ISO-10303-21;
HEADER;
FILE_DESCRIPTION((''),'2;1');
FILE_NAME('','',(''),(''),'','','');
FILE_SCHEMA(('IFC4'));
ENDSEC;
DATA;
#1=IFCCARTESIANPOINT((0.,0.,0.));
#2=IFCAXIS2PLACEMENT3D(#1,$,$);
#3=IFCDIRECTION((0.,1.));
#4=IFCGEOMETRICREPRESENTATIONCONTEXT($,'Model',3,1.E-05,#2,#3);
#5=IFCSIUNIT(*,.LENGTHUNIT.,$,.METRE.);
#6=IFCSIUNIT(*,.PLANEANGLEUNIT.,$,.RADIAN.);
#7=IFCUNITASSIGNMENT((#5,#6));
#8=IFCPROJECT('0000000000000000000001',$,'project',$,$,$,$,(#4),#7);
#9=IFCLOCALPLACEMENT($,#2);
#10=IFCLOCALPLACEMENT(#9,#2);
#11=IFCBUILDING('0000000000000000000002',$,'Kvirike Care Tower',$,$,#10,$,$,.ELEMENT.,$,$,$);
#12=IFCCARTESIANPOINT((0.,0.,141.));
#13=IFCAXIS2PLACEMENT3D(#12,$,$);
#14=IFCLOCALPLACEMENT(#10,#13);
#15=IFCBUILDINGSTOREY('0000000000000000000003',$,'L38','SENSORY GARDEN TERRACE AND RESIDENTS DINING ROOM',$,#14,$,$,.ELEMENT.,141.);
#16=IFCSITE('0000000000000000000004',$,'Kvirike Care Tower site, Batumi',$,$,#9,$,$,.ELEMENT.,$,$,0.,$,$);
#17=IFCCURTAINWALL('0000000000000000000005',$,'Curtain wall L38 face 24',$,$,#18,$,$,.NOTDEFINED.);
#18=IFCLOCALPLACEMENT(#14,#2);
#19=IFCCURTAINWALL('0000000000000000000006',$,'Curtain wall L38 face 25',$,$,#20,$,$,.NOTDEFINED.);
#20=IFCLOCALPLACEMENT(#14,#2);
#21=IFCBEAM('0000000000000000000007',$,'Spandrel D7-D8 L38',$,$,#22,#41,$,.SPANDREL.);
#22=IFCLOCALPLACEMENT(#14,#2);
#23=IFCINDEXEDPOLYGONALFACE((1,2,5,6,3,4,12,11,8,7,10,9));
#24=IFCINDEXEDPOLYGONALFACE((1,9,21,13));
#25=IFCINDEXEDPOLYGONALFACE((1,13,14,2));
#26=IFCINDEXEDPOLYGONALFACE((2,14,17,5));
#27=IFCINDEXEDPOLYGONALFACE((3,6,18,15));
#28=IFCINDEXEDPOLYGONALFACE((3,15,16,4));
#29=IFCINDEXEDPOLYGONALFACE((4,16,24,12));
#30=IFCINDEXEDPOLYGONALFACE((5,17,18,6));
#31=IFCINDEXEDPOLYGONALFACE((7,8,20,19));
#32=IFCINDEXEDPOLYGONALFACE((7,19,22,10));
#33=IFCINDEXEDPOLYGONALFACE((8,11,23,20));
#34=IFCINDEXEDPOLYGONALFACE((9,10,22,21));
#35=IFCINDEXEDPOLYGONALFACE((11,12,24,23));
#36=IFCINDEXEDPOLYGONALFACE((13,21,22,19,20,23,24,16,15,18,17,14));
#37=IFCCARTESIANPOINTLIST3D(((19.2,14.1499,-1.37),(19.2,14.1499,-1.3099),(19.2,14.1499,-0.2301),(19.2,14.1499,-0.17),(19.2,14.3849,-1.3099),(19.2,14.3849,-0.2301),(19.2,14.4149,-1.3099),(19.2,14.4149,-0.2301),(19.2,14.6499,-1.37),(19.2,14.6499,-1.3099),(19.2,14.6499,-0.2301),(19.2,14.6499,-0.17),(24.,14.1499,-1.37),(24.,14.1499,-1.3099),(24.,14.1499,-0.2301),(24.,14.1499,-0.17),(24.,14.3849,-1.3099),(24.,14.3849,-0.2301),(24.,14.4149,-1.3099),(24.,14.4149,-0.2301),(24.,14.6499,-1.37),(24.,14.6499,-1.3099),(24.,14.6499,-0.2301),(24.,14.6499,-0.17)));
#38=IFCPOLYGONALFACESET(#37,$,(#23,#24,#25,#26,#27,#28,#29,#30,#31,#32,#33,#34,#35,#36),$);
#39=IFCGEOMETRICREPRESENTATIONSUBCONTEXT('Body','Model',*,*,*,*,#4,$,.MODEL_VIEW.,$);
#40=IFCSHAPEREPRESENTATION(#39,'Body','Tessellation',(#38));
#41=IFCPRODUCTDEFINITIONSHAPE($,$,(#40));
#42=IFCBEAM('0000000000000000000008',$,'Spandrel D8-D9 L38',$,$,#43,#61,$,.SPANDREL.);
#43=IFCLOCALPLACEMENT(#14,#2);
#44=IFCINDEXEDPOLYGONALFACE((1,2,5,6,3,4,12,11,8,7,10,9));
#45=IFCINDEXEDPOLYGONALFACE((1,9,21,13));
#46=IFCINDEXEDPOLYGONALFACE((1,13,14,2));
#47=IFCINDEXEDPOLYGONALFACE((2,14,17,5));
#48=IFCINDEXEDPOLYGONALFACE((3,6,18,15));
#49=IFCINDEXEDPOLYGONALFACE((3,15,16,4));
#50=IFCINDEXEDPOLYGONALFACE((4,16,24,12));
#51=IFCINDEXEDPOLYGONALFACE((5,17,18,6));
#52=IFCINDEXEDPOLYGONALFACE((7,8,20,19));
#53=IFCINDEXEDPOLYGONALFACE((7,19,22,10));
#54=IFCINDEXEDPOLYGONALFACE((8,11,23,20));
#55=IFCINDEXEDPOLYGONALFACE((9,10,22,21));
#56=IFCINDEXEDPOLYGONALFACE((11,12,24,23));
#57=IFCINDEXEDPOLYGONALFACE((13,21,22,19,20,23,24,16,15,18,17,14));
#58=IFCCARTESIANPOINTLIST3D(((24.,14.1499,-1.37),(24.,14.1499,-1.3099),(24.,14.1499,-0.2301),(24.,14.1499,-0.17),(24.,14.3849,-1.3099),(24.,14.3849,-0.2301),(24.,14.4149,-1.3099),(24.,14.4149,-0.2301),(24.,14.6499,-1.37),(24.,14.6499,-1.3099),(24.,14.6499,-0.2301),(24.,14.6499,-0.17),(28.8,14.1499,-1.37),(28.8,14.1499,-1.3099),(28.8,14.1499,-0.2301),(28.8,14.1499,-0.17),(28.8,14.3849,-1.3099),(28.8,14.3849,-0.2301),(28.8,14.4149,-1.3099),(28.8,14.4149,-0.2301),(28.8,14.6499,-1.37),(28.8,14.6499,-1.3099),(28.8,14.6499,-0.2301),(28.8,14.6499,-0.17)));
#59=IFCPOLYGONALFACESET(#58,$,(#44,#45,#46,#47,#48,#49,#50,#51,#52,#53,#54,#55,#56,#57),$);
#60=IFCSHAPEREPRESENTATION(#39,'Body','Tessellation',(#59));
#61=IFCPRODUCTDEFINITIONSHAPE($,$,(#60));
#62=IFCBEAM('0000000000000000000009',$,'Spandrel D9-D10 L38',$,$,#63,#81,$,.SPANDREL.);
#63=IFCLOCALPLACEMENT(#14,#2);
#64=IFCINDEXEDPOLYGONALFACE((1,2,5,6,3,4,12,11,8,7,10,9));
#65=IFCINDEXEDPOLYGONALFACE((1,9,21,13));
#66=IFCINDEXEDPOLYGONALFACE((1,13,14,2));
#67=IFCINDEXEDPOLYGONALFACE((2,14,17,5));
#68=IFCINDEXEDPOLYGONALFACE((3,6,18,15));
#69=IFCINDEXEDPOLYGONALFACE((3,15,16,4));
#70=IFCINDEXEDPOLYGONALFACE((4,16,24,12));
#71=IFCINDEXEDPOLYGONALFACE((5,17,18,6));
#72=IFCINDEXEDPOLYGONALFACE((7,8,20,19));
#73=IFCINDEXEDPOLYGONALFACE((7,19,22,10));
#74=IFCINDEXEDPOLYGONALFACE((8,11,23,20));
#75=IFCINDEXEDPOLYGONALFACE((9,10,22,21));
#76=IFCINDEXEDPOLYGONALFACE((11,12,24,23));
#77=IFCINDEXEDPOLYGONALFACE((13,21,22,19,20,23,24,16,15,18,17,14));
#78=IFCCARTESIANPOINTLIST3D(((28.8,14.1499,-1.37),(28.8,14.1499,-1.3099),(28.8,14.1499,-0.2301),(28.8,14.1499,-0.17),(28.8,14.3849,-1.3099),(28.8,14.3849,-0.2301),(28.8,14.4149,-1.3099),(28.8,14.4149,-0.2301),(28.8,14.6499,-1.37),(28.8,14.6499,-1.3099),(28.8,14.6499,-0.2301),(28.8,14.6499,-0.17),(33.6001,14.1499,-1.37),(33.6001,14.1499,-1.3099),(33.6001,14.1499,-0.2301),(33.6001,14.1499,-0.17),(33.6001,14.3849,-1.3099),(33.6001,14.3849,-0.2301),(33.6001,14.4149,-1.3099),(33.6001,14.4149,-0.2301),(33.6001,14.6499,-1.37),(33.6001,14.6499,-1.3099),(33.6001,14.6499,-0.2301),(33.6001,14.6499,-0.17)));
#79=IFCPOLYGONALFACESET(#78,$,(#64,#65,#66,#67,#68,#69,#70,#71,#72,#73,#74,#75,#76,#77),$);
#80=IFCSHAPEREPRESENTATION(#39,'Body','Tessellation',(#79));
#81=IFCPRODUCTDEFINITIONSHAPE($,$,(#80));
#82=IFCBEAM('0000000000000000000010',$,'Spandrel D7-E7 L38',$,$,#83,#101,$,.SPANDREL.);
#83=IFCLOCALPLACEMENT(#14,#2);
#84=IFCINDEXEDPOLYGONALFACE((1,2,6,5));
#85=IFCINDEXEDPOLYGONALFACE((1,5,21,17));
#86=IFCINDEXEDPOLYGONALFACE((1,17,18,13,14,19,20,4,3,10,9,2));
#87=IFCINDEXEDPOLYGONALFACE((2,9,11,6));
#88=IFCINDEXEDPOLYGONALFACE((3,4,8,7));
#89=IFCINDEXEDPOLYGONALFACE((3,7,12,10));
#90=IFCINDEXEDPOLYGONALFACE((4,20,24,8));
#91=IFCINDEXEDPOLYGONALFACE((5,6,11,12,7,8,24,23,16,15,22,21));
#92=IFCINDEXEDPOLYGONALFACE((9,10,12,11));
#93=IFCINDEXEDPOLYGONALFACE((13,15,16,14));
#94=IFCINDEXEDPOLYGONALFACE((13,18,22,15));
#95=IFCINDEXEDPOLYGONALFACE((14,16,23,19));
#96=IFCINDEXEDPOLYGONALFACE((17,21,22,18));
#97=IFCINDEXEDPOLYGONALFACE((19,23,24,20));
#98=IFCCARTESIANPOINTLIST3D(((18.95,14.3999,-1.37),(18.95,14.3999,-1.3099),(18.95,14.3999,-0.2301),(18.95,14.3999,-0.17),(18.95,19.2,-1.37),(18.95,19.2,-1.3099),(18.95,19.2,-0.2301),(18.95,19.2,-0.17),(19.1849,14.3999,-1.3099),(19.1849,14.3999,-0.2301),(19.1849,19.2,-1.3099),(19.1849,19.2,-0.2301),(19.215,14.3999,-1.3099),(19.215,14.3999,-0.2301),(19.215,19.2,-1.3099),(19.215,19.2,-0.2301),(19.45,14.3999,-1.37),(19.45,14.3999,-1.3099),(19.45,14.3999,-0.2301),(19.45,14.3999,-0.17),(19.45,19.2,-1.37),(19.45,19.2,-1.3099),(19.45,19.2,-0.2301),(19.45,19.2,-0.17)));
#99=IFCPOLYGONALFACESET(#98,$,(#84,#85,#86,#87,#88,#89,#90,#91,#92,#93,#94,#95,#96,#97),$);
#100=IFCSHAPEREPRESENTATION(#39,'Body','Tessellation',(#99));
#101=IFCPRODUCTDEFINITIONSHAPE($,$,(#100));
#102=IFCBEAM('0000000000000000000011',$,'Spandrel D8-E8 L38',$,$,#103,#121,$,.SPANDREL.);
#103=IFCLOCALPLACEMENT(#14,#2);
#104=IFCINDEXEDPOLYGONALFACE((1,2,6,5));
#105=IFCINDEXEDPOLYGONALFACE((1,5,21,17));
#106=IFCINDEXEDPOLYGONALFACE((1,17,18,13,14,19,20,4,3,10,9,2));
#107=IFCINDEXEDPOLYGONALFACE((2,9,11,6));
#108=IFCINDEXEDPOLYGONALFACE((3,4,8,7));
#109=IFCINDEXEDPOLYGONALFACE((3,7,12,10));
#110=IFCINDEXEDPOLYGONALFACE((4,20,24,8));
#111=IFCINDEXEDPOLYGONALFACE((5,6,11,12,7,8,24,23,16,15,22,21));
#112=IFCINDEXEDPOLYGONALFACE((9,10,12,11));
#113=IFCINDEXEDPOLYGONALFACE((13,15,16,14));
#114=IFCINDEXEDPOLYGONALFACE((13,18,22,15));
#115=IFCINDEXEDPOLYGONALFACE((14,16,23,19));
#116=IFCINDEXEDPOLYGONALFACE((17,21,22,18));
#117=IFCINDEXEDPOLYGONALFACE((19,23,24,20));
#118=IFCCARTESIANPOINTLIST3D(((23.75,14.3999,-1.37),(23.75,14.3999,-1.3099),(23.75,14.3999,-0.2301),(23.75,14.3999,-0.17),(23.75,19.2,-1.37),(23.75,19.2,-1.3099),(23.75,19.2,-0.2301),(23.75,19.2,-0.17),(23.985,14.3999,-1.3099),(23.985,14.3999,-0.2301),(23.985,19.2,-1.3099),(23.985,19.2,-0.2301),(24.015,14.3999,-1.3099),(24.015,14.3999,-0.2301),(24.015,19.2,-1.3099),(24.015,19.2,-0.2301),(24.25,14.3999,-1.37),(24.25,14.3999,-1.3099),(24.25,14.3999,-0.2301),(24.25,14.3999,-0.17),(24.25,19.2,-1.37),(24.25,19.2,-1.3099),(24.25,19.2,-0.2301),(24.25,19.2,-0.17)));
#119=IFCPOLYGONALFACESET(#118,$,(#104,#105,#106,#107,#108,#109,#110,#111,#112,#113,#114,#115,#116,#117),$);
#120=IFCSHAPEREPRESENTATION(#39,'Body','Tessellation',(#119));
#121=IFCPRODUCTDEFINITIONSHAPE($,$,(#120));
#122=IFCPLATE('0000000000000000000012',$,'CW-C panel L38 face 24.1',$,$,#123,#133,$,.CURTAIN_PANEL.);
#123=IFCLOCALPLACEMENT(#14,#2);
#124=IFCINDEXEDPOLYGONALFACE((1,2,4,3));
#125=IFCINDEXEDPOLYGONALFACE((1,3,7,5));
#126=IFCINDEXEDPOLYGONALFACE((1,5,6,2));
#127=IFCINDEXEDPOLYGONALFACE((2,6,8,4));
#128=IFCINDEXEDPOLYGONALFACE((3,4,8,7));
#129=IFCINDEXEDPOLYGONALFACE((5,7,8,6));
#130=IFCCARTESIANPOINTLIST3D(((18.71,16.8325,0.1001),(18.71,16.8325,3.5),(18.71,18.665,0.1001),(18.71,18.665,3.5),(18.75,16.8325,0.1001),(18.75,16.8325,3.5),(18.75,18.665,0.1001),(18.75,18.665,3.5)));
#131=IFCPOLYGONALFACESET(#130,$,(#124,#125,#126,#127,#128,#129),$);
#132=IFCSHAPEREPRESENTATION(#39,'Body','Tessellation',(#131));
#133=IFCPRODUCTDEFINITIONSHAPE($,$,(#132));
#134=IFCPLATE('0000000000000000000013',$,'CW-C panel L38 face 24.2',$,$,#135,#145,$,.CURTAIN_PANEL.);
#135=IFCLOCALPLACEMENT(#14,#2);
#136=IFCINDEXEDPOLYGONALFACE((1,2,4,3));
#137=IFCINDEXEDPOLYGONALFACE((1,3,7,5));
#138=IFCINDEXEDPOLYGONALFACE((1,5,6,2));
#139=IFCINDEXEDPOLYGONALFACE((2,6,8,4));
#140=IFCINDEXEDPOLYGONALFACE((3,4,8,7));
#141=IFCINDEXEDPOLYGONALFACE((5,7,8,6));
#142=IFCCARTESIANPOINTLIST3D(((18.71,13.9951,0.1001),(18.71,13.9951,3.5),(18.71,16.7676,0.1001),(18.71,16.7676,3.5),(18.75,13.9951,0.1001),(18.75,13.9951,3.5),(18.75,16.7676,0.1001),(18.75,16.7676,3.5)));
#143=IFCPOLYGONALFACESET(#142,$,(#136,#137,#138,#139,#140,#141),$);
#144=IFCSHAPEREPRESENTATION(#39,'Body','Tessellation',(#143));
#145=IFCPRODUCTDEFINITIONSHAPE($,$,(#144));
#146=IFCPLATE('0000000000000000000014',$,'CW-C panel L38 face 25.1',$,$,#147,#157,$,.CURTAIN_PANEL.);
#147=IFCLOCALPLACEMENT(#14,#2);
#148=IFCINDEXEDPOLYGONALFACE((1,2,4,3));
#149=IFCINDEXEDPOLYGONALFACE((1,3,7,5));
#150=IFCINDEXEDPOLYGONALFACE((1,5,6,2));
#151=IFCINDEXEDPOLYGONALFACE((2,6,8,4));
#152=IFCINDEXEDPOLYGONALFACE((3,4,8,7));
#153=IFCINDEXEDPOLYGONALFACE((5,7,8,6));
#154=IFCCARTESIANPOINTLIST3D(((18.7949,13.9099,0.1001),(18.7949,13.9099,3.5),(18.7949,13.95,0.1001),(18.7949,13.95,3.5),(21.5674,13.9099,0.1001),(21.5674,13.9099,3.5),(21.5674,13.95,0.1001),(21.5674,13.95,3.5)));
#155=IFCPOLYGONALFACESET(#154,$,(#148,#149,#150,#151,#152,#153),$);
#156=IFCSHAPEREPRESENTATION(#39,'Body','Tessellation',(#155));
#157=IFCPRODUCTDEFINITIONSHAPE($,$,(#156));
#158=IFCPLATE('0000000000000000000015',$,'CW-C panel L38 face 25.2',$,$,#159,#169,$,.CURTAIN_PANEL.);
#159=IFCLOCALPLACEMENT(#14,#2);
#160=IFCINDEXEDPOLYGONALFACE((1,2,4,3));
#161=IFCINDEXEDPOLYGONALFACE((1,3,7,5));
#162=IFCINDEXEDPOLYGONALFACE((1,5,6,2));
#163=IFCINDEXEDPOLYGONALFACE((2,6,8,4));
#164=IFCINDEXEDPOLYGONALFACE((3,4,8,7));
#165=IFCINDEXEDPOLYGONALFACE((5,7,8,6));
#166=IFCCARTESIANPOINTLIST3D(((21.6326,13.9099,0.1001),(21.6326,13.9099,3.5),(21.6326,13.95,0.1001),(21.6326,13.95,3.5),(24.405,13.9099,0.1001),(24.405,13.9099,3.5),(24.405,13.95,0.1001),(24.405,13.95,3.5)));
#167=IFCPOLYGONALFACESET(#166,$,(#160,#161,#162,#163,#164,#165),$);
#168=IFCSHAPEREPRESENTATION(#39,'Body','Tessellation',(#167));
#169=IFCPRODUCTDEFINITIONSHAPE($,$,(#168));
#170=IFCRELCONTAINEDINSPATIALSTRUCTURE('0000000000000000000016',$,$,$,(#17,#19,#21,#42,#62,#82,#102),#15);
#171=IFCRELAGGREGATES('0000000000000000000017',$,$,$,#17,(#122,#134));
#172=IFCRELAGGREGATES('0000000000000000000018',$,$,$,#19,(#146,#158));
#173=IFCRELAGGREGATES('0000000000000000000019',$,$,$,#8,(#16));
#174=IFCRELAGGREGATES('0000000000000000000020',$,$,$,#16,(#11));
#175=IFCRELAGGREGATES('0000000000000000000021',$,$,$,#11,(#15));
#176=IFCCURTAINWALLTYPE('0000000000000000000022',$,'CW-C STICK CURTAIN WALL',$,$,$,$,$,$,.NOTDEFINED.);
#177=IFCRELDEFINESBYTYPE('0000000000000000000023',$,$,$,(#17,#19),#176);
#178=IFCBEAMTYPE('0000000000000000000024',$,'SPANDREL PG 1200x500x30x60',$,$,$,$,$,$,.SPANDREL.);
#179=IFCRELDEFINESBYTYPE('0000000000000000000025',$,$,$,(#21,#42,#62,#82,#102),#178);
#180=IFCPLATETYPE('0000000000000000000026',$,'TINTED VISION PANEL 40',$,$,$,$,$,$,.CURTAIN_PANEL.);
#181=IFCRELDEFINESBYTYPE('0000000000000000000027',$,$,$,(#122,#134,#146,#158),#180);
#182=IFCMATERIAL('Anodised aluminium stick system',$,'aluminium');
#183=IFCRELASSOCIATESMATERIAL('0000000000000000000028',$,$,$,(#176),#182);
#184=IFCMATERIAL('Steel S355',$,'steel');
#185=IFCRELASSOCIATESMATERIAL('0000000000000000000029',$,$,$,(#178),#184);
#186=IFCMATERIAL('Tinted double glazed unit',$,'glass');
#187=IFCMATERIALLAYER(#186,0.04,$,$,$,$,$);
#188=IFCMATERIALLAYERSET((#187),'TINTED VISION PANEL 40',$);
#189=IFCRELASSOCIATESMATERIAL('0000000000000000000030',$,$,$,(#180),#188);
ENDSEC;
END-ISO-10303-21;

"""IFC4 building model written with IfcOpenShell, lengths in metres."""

from ifc_helpers import new_model, si_unit, direction, frame, origin, origin_2d, place, context, subcontext, project, spatial, rectangle, i_section, extrude, material, layer, layer_set, material_profile, profile_set, type_object, element, aggregate, save


model = new_model("IFC4")

# Units and contexts
model_context = context("Model", 3, precision=1e-05, world=origin(), true_north=direction((0.0, 1.0)))
body_context = subcontext(model_context, "Body", "Model", "MODEL_VIEW")
ifc_project = project(units=[si_unit("LENGTHUNIT", "METRE"), si_unit("PLANEANGLEUNIT", "RADIAN")], contexts=[model_context])

# Site, building, storey
site_placement = place(None, origin())
site = spatial("IfcSite", under=ifc_project, at=site_placement, Name="Kvirike Care Tower site, Batumi", CompositionType="ELEMENT", RefElevation=0.0)
building_placement = place(site_placement, origin())
building = spatial("IfcBuilding", under=site, at=building_placement, Name="Kvirike Care Tower", CompositionType="ELEMENT")
storey_placement = place(building_placement, frame((0.0, 0.0, 141.0)))
storey = spatial("IfcBuildingStorey", under=building, at=storey_placement, Name="L38", Description="SENSORY GARDEN TERRACE AND RESIDENTS DINING ROOM", CompositionType="ELEMENT", Elevation=141.0)

# Curtain walls
ifc_material_1 = material(Name="Anodised aluminium stick system", Category="aluminium")
curtain_wall_type = type_object("IfcCurtainWallType", Name="CW-C STICK CURTAIN WALL", PredefinedType="NOTDEFINED", material=ifc_material_1)
curtain_wall_1_placement = place(storey_placement, origin())
curtain_wall_1 = element("IfcCurtainWall", 1, at=curtain_wall_1_placement, inside=storey, type_object=curtain_wall_type, Name="Curtain wall L38 face 24", PredefinedType="NOTDEFINED")
curtain_wall_2_placement = place(storey_placement, origin())
curtain_wall_2 = element("IfcCurtainWall", 2, at=curtain_wall_2_placement, inside=storey, type_object=curtain_wall_type, Name="Curtain wall L38 face 25", PredefinedType="NOTDEFINED")

# Beams
ifc_material_2 = material(Name="Steel S355", Category="steel")
ifc_material_profile_1 = material_profile(ifc_material_2, i_section(OverallWidth=0.5, OverallDepth=1.2, WebThickness=0.03, FlangeThickness=0.0601, at=origin_2d()), Name="PG 1200x500x30x60")
ifc_profile_set_1 = profile_set([ifc_material_profile_1], Name="Steel S355")
beam_type = type_object("IfcBeamType", Name="SPANDREL PG 1200x500x30x60", PredefinedType="SPANDREL", material=ifc_profile_set_1)
for number, where, z_axis, x_axis, name in (
    (3, (19.2, 14.3999, -0.77), (1.0, 0.0, 0.0), (0.0, 1.0, 0.0), "Spandrel D7-D8 L38"),
    (4, (24.0, 14.3999, -0.77), (1.0, 0.0, 0.0), (0.0, 1.0, 0.0), "Spandrel D8-D9 L38"),
    (5, (28.8, 14.3999, -0.77), (1.0, 0.0, 0.0), (0.0, 1.0, 0.0), "Spandrel D9-D10 L38"),
    (6, (19.2, 14.3999, -0.77), (0.0, 1.0, 0.0), (-1.0, 0.0, 0.0), "Spandrel D7-E7 L38"),
    (7, (24.0, 14.3999, -0.77), (0.0, 1.0, 0.0), (-1.0, 0.0, 0.0), "Spandrel D8-E8 L38"),
):
    element("IfcBeam", number, at=place(storey_placement, frame(where, z_axis=z_axis, x_axis=x_axis)), inside=storey, type_object=beam_type, Name=name, PredefinedType="SPANDREL", context=body_context, shape_type="SweptSolid", body=[
        extrude(i_section(OverallWidth=0.5, OverallDepth=1.2, WebThickness=0.03, FlangeThickness=0.0601, at=origin_2d()), origin(), (0.0, 0.0, 1.0), 4.8),
    ])

# Plates
ifc_material_3 = material(Name="Tinted double glazed unit", Category="glass")
ifc_layer_1 = layer(ifc_material_3, 0.04)
ifc_layer_set_1 = layer_set([ifc_layer_1], Name="TINTED VISION PANEL 40")
plate_type = type_object("IfcPlateType", Name="TINTED VISION PANEL 40", PredefinedType="CURTAIN_PANEL", material=ifc_layer_set_1)
plate_1_placement = place(storey_placement, frame((18.73, 17.7488, 0.1001), z_axis=(0.0, 0.0, 1.0), x_axis=(0.0, -1.0, 0.0)))
plate_1 = element("IfcPlate", 8, at=plate_1_placement, type_object=plate_type, Name="CW-C panel L38 face 24.1", PredefinedType="CURTAIN_PANEL", context=body_context, shape_type="SweptSolid", body=[
    extrude(rectangle(XDim=1.8325, YDim=0.04, at=origin_2d()), origin(), (0.0, 0.0, 1.0), 3.3999),
])
plate_2_placement = place(storey_placement, frame((18.73, 15.3813, 0.1001), z_axis=(0.0, 0.0, 1.0), x_axis=(0.0, -1.0, 0.0)))
plate_2 = element("IfcPlate", 9, at=plate_2_placement, type_object=plate_type, Name="CW-C panel L38 face 24.2", PredefinedType="CURTAIN_PANEL", context=body_context, shape_type="SweptSolid", body=[
    extrude(rectangle(XDim=2.7725, YDim=0.04, at=origin_2d()), origin(), (0.0, 0.0, 1.0), 3.3999),
])
aggregate(curtain_wall_1, [plate_1, plate_2])
plate_3_placement = place(storey_placement, frame((20.1812, 13.9299, 0.1001), z_axis=(0.0, 0.0, 1.0), x_axis=(1.0, 0.0, 0.0)))
plate_3 = element("IfcPlate", 10, at=plate_3_placement, type_object=plate_type, Name="CW-C panel L38 face 25.1", PredefinedType="CURTAIN_PANEL", context=body_context, shape_type="SweptSolid", body=[
    extrude(rectangle(XDim=2.7725, YDim=0.04, at=origin_2d()), origin(), (0.0, 0.0, 1.0), 3.3999),
])
plate_4_placement = place(storey_placement, frame((23.0188, 13.9299, 0.1001), z_axis=(0.0, 0.0, 1.0), x_axis=(1.0, 0.0, 0.0)))
plate_4 = element("IfcPlate", 11, at=plate_4_placement, type_object=plate_type, Name="CW-C panel L38 face 25.2", PredefinedType="CURTAIN_PANEL", context=body_context, shape_type="SweptSolid", body=[
    extrude(rectangle(XDim=2.7725, YDim=0.04, at=origin_2d()), origin(), (0.0, 0.0, 1.0), 3.3999),
])
aggregate(curtain_wall_2, [plate_3, plate_4])

save(model, "model.ifc")
